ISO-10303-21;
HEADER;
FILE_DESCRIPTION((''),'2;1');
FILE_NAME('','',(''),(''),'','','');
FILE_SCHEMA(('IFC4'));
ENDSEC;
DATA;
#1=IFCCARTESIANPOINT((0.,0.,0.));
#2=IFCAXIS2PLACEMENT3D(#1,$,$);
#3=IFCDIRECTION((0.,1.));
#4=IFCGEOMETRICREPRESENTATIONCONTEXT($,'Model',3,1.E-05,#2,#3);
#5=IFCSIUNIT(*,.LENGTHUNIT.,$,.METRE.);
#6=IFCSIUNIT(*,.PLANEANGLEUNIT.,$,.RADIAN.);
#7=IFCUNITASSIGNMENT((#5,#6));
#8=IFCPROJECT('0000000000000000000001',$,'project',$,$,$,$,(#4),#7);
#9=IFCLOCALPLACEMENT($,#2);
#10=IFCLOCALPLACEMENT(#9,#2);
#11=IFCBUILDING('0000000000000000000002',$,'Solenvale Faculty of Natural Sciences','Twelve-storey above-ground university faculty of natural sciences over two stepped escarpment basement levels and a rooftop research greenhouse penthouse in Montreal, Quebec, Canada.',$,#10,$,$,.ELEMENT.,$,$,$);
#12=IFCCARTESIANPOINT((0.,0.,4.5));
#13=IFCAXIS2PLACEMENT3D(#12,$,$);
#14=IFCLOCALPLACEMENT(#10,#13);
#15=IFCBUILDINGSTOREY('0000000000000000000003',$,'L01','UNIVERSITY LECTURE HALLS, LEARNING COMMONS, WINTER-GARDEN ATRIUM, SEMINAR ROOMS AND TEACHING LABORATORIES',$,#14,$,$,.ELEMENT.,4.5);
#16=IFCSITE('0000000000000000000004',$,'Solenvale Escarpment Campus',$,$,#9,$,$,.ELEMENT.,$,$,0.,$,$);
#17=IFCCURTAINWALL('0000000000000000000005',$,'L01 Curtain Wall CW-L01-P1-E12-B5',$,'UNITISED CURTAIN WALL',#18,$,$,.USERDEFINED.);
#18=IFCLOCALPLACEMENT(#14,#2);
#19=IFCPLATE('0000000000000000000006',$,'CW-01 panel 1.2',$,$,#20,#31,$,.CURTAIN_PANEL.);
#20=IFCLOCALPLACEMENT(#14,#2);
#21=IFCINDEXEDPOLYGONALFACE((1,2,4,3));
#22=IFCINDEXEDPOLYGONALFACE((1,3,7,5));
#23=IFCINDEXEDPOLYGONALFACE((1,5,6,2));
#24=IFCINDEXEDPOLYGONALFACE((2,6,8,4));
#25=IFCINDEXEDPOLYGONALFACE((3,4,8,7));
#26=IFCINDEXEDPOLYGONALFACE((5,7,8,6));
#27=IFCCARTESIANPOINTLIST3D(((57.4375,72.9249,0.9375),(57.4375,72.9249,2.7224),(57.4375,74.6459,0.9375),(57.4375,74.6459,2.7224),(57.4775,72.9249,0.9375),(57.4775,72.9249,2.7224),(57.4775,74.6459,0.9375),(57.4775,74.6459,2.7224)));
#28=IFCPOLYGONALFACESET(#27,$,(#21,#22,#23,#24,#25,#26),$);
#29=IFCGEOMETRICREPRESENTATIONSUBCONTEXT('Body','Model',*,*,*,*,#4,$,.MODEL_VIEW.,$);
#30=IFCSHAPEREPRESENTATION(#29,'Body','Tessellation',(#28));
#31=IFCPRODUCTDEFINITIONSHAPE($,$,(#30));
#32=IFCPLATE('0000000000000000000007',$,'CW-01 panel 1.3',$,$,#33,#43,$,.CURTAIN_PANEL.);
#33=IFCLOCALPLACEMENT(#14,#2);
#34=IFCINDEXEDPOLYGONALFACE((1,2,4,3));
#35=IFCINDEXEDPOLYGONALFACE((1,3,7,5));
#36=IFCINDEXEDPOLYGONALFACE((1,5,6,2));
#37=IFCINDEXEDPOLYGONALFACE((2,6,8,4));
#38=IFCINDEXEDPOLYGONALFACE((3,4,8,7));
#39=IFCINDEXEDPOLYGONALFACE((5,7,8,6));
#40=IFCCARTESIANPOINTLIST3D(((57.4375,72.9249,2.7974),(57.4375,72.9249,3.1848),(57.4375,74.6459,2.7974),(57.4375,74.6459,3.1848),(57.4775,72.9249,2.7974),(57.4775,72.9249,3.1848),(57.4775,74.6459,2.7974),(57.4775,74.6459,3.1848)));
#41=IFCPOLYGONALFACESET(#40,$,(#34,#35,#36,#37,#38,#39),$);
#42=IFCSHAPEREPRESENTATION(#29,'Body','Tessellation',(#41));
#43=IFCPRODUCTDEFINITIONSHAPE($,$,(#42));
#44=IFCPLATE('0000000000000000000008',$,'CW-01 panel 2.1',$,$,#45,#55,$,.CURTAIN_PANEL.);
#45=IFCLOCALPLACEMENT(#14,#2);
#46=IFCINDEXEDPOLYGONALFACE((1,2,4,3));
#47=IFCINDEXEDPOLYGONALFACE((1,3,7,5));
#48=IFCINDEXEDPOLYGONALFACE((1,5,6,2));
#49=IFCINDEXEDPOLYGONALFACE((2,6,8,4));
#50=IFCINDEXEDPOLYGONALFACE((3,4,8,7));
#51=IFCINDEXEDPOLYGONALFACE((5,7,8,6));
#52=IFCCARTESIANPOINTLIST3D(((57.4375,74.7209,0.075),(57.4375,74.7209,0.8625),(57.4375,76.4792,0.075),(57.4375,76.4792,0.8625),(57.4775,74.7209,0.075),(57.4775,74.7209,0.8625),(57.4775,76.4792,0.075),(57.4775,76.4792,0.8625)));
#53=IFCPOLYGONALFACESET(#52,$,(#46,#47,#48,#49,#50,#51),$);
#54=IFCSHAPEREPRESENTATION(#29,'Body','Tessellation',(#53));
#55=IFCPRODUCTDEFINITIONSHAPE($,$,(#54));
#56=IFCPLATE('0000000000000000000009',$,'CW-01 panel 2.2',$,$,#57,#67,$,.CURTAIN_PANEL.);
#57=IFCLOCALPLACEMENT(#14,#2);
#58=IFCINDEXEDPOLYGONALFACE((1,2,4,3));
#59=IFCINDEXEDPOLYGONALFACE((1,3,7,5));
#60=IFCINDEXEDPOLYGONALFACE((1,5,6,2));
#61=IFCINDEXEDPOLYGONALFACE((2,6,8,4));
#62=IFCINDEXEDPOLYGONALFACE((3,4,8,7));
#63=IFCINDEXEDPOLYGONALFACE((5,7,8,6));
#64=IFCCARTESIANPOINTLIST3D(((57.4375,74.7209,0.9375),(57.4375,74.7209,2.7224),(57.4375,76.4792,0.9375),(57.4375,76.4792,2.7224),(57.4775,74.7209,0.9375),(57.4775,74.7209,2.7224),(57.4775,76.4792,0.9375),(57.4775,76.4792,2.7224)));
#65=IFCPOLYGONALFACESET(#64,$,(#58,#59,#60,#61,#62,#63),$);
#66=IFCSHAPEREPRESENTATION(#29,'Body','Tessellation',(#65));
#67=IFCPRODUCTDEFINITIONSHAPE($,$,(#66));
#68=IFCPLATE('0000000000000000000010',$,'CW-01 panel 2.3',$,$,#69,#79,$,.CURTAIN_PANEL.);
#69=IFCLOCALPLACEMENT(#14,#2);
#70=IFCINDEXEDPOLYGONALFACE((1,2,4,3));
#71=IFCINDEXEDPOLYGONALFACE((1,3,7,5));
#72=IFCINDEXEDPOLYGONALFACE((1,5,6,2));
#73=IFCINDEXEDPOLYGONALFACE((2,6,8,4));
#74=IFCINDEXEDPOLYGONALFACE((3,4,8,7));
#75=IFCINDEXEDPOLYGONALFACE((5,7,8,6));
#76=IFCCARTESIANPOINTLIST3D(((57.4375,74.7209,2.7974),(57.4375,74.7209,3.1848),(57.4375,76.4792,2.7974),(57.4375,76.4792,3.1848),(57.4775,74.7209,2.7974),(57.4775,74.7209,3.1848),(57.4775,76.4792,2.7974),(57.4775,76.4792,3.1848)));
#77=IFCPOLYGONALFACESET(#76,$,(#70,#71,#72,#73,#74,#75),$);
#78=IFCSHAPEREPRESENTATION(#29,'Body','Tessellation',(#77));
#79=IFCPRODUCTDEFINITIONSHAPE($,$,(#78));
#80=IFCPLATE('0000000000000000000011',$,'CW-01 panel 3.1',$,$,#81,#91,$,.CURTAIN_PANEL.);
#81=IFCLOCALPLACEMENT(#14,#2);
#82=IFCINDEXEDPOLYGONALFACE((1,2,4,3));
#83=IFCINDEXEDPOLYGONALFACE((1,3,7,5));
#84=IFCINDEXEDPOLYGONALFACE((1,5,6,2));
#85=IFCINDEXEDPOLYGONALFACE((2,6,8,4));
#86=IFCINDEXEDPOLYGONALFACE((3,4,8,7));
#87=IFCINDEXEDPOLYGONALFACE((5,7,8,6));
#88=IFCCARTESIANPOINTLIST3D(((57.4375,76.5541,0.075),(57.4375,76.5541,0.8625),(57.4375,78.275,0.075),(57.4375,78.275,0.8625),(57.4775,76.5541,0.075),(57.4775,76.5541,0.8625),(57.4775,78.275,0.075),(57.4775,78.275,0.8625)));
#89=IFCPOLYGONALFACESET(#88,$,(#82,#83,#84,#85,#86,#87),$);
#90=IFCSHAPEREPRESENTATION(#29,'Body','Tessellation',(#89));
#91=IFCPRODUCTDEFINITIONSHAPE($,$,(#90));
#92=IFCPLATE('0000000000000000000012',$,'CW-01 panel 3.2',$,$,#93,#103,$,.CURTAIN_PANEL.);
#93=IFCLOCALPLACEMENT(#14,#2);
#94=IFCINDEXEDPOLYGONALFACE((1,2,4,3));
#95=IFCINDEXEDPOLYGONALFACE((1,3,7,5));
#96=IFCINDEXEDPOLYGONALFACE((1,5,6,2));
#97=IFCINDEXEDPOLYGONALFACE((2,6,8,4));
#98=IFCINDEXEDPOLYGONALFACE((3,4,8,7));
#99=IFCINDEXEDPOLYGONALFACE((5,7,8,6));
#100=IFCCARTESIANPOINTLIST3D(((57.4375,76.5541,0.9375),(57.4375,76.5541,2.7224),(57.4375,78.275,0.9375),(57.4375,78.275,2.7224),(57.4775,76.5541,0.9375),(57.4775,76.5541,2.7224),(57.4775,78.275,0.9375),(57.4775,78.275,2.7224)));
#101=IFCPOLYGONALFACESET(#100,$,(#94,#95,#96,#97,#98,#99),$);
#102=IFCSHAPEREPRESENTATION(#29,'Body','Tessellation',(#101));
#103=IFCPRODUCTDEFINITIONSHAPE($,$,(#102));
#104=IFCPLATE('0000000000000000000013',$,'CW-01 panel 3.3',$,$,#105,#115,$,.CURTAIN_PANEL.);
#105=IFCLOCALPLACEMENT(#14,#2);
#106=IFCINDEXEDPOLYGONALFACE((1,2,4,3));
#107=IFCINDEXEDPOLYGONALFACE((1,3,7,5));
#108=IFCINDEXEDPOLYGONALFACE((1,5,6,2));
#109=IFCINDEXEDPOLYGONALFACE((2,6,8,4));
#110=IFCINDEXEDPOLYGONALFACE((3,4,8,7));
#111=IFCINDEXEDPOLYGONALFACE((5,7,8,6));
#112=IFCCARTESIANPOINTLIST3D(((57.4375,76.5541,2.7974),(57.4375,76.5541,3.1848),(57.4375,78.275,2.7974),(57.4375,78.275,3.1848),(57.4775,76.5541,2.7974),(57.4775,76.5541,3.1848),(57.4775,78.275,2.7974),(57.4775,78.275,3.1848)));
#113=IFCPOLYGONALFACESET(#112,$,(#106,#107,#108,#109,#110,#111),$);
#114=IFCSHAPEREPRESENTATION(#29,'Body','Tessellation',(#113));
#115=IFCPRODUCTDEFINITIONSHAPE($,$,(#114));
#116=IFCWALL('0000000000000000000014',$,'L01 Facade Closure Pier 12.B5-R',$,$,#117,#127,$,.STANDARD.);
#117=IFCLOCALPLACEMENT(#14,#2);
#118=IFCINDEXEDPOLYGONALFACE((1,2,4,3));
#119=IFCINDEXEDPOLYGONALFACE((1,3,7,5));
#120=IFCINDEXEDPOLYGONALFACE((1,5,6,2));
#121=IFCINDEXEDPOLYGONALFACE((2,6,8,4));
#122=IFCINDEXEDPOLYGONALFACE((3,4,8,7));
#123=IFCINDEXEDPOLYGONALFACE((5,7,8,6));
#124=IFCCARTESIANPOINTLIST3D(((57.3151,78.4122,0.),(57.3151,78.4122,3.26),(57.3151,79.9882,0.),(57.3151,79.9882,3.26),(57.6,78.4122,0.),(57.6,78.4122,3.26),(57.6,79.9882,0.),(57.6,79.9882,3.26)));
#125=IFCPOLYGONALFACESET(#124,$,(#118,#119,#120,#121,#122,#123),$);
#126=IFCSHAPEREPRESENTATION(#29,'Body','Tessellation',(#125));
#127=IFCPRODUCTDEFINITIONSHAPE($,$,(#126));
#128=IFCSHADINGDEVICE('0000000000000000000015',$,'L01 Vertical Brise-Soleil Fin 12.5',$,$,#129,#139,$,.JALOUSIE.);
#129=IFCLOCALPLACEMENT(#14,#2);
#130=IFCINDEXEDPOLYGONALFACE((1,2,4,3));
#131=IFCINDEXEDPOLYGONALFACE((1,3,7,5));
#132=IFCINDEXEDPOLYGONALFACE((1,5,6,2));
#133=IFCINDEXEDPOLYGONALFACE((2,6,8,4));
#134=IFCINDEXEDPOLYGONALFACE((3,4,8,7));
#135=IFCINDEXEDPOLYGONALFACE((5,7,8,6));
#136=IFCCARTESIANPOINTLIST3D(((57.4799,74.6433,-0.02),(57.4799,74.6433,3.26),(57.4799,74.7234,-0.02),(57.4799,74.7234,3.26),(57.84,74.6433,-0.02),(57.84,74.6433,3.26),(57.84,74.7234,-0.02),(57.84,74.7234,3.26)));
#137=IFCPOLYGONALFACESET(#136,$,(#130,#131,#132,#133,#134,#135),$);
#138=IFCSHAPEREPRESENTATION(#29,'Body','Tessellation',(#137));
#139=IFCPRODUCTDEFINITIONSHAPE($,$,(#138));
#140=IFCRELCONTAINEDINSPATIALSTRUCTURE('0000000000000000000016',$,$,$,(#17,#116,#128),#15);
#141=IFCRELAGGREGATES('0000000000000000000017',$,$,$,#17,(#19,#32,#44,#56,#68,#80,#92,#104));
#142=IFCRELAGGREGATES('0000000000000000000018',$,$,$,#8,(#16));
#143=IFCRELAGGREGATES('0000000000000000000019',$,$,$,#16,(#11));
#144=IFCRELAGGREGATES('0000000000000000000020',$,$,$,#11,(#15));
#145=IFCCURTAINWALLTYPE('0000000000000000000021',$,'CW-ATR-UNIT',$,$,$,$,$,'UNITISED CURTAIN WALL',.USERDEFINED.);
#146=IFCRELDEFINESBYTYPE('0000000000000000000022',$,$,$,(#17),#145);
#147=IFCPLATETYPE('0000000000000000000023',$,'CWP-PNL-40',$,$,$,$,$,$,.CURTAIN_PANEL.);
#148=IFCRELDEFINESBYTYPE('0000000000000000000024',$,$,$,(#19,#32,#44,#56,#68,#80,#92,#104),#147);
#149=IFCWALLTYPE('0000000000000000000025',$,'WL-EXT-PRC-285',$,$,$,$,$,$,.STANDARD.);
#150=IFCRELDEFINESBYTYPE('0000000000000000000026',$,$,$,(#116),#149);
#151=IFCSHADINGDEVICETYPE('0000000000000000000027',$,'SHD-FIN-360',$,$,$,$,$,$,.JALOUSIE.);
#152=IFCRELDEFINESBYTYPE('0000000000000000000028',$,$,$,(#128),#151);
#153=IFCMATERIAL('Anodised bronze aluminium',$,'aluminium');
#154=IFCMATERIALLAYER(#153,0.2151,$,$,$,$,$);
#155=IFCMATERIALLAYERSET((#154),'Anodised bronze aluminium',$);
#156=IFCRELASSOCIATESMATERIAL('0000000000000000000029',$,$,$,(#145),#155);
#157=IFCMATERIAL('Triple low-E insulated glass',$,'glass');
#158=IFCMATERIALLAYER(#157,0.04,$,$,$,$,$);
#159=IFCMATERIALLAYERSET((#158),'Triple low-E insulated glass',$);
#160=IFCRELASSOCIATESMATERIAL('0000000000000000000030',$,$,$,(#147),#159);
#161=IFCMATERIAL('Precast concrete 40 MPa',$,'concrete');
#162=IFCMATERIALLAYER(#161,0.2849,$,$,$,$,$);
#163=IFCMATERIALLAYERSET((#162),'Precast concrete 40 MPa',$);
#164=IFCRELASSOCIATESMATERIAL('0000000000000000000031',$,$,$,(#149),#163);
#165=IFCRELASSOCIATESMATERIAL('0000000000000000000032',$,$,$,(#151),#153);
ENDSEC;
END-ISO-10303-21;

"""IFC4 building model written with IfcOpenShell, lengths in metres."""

from ifc_helpers import new_model, si_unit, direction, frame, frame_2d, origin, origin_2d, place, context, subcontext, project, spatial, rectangle, extrude, material, layer, layer_set, material_profile, profile_set, type_object, element, aggregate, save


model = new_model("IFC4")

# Units and contexts
model_context = context("Model", 3, precision=1e-05, world=origin(), true_north=direction((0.0, 1.0)))
body_context = subcontext(model_context, "Body", "Model", "MODEL_VIEW")
ifc_project = project(units=[si_unit("LENGTHUNIT", "METRE"), si_unit("PLANEANGLEUNIT", "RADIAN")], contexts=[model_context])

# Site, building, storey
site_placement = place(None, origin())
site = spatial("IfcSite", under=ifc_project, at=site_placement, Name="Solenvale Escarpment Campus", CompositionType="ELEMENT", RefElevation=0.0)
building_placement = place(site_placement, origin())
building = spatial("IfcBuilding", under=site, at=building_placement, Name="Solenvale Faculty of Natural Sciences", Description="Twelve-storey above-ground university faculty of natural sciences over two stepped escarpment basement levels and a rooftop research greenhouse penthouse in Montreal, Quebec, Canada.", CompositionType="ELEMENT")
storey_placement = place(building_placement, frame((0.0, 0.0, 4.5)))
storey = spatial("IfcBuildingStorey", under=building, at=storey_placement, Name="L01", Description="UNIVERSITY LECTURE HALLS, LEARNING COMMONS, WINTER-GARDEN ATRIUM, SEMINAR ROOMS AND TEACHING LABORATORIES", CompositionType="ELEMENT", Elevation=4.5)

# Curtain wall, plates
ifc_material_1 = material(Name="Anodised bronze aluminium", Category="aluminium")
ifc_layer_1 = layer(ifc_material_1, 0.2151)
ifc_layer_set_1 = layer_set([ifc_layer_1], Name="Anodised bronze aluminium")
curtain_wall_type = type_object("IfcCurtainWallType", Name="CW-ATR-UNIT", ElementType="UNITISED CURTAIN WALL", PredefinedType="USERDEFINED", material=ifc_layer_set_1)
curtain_wall_placement = place(storey_placement, origin())
curtain_wall = element("IfcCurtainWall", 1, at=curtain_wall_placement, inside=storey, type_object=curtain_wall_type, Name="L01 Curtain Wall CW-L01-P1-E12-B5", ObjectType="UNITISED CURTAIN WALL", PredefinedType="USERDEFINED")
ifc_material_2 = material(Name="Triple low-E insulated glass", Category="glass")
ifc_layer_2 = layer(ifc_material_2, 0.04)
ifc_layer_set_2 = layer_set([ifc_layer_2], Name="Triple low-E insulated glass")
plate_type = type_object("IfcPlateType", Name="CWP-PNL-40", PredefinedType="CURTAIN_PANEL", material=ifc_layer_set_2)
plate_1_placement = place(storey_placement, frame((57.4575, 73.7854, 0.9375), z_axis=(0.0, 0.0, 1.0), x_axis=(0.0, 1.0, 0.0)))
plate_1 = element("IfcPlate", 2, at=plate_1_placement, type_object=plate_type, Name="CW-01 panel 1.2", PredefinedType="CURTAIN_PANEL", context=body_context, shape_type="SweptSolid", body=[
    extrude(rectangle(XDim=1.7209, YDim=0.04, at=origin_2d()), origin(), (0.0, 0.0, 1.0), 1.7849),
])
plate_2_placement = place(storey_placement, frame((57.4575, 73.7854, 2.7974), z_axis=(0.0, 0.0, 1.0), x_axis=(0.0, 1.0, 0.0)))
plate_2 = element("IfcPlate", 3, at=plate_2_placement, type_object=plate_type, Name="CW-01 panel 1.3", PredefinedType="CURTAIN_PANEL", context=body_context, shape_type="SweptSolid", body=[
    extrude(rectangle(XDim=1.7209, YDim=0.04, at=origin_2d()), origin(), (0.0, 0.0, 1.0), 0.3875),
])
plate_3_placement = place(storey_placement, frame((57.4575, 75.6001, 0.075), z_axis=(0.0, 0.0, 1.0), x_axis=(0.0, 1.0, 0.0)))
plate_3 = element("IfcPlate", 4, at=plate_3_placement, type_object=plate_type, Name="CW-01 panel 2.1", PredefinedType="CURTAIN_PANEL", context=body_context, shape_type="SweptSolid", body=[
    extrude(rectangle(XDim=1.7583, YDim=0.04, at=origin_2d()), origin(), (0.0, 0.0, 1.0), 0.7876),
])
plate_4_placement = place(storey_placement, frame((57.4575, 75.6001, 0.9375), z_axis=(0.0, 0.0, 1.0), x_axis=(0.0, 1.0, 0.0)))
plate_4 = element("IfcPlate", 5, at=plate_4_placement, type_object=plate_type, Name="CW-01 panel 2.2", PredefinedType="CURTAIN_PANEL", context=body_context, shape_type="SweptSolid", body=[
    extrude(rectangle(XDim=1.7583, YDim=0.04, at=origin_2d()), origin(), (0.0, 0.0, 1.0), 1.7849),
])
plate_5_placement = place(storey_placement, frame((57.4575, 75.6001, 2.7974), z_axis=(0.0, 0.0, 1.0), x_axis=(0.0, 1.0, 0.0)))
plate_5 = element("IfcPlate", 6, at=plate_5_placement, type_object=plate_type, Name="CW-01 panel 2.3", PredefinedType="CURTAIN_PANEL", context=body_context, shape_type="SweptSolid", body=[
    extrude(rectangle(XDim=1.7583, YDim=0.04, at=origin_2d()), origin(), (0.0, 0.0, 1.0), 0.3875),
])
plate_6_placement = place(storey_placement, frame((57.4575, 77.4146, 0.075), z_axis=(0.0, 0.0, 1.0), x_axis=(0.0, 1.0, 0.0)))
plate_6 = element("IfcPlate", 7, at=plate_6_placement, type_object=plate_type, Name="CW-01 panel 3.1", PredefinedType="CURTAIN_PANEL", context=body_context, shape_type="SweptSolid", body=[
    extrude(rectangle(XDim=1.7209, YDim=0.04, at=origin_2d()), origin(), (0.0, 0.0, 1.0), 0.7876),
])
plate_7_placement = place(storey_placement, frame((57.4575, 77.4146, 0.9375), z_axis=(0.0, 0.0, 1.0), x_axis=(0.0, 1.0, 0.0)))
plate_7 = element("IfcPlate", 8, at=plate_7_placement, type_object=plate_type, Name="CW-01 panel 3.2", PredefinedType="CURTAIN_PANEL", context=body_context, shape_type="SweptSolid", body=[
    extrude(rectangle(XDim=1.7209, YDim=0.04, at=origin_2d()), origin(), (0.0, 0.0, 1.0), 1.7849),
])
plate_8_placement = place(storey_placement, frame((57.4575, 77.4146, 2.7974), z_axis=(0.0, 0.0, 1.0), x_axis=(0.0, 1.0, 0.0)))
plate_8 = element("IfcPlate", 9, at=plate_8_placement, type_object=plate_type, Name="CW-01 panel 3.3", PredefinedType="CURTAIN_PANEL", context=body_context, shape_type="SweptSolid", body=[
    extrude(rectangle(XDim=1.7209, YDim=0.04, at=origin_2d()), origin(), (0.0, 0.0, 1.0), 0.3875),
])
aggregate(curtain_wall, [plate_1, plate_2, plate_3, plate_4, plate_5, plate_6, plate_7, plate_8])

# Wall
ifc_material_3 = material(Name="Precast concrete 40 MPa", Category="concrete")
ifc_layer_3 = layer(ifc_material_3, 0.2849)
ifc_layer_set_3 = layer_set([ifc_layer_3], Name="Precast concrete 40 MPa")
wall_type = type_object("IfcWallType", Name="WL-EXT-PRC-285", PredefinedType="STANDARD", material=ifc_layer_set_3)
wall_placement = place(storey_placement, frame((57.4575, 78.4121, 0.0), z_axis=(0.0, 0.0, 1.0), x_axis=(0.0, 1.0, 0.0)))
element("IfcWall", 10, at=wall_placement, inside=storey, type_object=wall_type, Name="L01 Facade Closure Pier 12.B5-R", PredefinedType="STANDARD", context=body_context, shape_type="SweptSolid", body=[
    extrude(rectangle(XDim=1.5759, YDim=0.2849, at=frame_2d((0.7881, 0.0))), origin(), (0.0, 0.0, 1.0), 3.26),
])

# Shading device
ifc_material_profile_1 = material_profile(ifc_material_1, rectangle(XDim=0.0801, YDim=0.3601, at=origin_2d()), Name="ALU-FIN-80x360")
ifc_profile_set_1 = profile_set([ifc_material_profile_1], Name="Anodised bronze aluminium")
shading_device_type = type_object("IfcShadingDeviceType", Name="SHD-FIN-360", PredefinedType="JALOUSIE", material=ifc_profile_set_1)
shading_device_placement = place(storey_placement, frame((57.6599, 74.6833, -0.02), z_axis=(0.0, 0.0, 1.0), x_axis=(0.0, 1.0, 0.0)))
element("IfcShadingDevice", 11, at=shading_device_placement, inside=storey, type_object=shading_device_type, Name="L01 Vertical Brise-Soleil Fin 12.5", PredefinedType="JALOUSIE", context=body_context, shape_type="SweptSolid", body=[
    extrude(rectangle(XDim=0.0801, YDim=0.3601, at=origin_2d()), origin(), (0.0, 0.0, 1.0), 3.28),
])

save(model, "model.ifc")
